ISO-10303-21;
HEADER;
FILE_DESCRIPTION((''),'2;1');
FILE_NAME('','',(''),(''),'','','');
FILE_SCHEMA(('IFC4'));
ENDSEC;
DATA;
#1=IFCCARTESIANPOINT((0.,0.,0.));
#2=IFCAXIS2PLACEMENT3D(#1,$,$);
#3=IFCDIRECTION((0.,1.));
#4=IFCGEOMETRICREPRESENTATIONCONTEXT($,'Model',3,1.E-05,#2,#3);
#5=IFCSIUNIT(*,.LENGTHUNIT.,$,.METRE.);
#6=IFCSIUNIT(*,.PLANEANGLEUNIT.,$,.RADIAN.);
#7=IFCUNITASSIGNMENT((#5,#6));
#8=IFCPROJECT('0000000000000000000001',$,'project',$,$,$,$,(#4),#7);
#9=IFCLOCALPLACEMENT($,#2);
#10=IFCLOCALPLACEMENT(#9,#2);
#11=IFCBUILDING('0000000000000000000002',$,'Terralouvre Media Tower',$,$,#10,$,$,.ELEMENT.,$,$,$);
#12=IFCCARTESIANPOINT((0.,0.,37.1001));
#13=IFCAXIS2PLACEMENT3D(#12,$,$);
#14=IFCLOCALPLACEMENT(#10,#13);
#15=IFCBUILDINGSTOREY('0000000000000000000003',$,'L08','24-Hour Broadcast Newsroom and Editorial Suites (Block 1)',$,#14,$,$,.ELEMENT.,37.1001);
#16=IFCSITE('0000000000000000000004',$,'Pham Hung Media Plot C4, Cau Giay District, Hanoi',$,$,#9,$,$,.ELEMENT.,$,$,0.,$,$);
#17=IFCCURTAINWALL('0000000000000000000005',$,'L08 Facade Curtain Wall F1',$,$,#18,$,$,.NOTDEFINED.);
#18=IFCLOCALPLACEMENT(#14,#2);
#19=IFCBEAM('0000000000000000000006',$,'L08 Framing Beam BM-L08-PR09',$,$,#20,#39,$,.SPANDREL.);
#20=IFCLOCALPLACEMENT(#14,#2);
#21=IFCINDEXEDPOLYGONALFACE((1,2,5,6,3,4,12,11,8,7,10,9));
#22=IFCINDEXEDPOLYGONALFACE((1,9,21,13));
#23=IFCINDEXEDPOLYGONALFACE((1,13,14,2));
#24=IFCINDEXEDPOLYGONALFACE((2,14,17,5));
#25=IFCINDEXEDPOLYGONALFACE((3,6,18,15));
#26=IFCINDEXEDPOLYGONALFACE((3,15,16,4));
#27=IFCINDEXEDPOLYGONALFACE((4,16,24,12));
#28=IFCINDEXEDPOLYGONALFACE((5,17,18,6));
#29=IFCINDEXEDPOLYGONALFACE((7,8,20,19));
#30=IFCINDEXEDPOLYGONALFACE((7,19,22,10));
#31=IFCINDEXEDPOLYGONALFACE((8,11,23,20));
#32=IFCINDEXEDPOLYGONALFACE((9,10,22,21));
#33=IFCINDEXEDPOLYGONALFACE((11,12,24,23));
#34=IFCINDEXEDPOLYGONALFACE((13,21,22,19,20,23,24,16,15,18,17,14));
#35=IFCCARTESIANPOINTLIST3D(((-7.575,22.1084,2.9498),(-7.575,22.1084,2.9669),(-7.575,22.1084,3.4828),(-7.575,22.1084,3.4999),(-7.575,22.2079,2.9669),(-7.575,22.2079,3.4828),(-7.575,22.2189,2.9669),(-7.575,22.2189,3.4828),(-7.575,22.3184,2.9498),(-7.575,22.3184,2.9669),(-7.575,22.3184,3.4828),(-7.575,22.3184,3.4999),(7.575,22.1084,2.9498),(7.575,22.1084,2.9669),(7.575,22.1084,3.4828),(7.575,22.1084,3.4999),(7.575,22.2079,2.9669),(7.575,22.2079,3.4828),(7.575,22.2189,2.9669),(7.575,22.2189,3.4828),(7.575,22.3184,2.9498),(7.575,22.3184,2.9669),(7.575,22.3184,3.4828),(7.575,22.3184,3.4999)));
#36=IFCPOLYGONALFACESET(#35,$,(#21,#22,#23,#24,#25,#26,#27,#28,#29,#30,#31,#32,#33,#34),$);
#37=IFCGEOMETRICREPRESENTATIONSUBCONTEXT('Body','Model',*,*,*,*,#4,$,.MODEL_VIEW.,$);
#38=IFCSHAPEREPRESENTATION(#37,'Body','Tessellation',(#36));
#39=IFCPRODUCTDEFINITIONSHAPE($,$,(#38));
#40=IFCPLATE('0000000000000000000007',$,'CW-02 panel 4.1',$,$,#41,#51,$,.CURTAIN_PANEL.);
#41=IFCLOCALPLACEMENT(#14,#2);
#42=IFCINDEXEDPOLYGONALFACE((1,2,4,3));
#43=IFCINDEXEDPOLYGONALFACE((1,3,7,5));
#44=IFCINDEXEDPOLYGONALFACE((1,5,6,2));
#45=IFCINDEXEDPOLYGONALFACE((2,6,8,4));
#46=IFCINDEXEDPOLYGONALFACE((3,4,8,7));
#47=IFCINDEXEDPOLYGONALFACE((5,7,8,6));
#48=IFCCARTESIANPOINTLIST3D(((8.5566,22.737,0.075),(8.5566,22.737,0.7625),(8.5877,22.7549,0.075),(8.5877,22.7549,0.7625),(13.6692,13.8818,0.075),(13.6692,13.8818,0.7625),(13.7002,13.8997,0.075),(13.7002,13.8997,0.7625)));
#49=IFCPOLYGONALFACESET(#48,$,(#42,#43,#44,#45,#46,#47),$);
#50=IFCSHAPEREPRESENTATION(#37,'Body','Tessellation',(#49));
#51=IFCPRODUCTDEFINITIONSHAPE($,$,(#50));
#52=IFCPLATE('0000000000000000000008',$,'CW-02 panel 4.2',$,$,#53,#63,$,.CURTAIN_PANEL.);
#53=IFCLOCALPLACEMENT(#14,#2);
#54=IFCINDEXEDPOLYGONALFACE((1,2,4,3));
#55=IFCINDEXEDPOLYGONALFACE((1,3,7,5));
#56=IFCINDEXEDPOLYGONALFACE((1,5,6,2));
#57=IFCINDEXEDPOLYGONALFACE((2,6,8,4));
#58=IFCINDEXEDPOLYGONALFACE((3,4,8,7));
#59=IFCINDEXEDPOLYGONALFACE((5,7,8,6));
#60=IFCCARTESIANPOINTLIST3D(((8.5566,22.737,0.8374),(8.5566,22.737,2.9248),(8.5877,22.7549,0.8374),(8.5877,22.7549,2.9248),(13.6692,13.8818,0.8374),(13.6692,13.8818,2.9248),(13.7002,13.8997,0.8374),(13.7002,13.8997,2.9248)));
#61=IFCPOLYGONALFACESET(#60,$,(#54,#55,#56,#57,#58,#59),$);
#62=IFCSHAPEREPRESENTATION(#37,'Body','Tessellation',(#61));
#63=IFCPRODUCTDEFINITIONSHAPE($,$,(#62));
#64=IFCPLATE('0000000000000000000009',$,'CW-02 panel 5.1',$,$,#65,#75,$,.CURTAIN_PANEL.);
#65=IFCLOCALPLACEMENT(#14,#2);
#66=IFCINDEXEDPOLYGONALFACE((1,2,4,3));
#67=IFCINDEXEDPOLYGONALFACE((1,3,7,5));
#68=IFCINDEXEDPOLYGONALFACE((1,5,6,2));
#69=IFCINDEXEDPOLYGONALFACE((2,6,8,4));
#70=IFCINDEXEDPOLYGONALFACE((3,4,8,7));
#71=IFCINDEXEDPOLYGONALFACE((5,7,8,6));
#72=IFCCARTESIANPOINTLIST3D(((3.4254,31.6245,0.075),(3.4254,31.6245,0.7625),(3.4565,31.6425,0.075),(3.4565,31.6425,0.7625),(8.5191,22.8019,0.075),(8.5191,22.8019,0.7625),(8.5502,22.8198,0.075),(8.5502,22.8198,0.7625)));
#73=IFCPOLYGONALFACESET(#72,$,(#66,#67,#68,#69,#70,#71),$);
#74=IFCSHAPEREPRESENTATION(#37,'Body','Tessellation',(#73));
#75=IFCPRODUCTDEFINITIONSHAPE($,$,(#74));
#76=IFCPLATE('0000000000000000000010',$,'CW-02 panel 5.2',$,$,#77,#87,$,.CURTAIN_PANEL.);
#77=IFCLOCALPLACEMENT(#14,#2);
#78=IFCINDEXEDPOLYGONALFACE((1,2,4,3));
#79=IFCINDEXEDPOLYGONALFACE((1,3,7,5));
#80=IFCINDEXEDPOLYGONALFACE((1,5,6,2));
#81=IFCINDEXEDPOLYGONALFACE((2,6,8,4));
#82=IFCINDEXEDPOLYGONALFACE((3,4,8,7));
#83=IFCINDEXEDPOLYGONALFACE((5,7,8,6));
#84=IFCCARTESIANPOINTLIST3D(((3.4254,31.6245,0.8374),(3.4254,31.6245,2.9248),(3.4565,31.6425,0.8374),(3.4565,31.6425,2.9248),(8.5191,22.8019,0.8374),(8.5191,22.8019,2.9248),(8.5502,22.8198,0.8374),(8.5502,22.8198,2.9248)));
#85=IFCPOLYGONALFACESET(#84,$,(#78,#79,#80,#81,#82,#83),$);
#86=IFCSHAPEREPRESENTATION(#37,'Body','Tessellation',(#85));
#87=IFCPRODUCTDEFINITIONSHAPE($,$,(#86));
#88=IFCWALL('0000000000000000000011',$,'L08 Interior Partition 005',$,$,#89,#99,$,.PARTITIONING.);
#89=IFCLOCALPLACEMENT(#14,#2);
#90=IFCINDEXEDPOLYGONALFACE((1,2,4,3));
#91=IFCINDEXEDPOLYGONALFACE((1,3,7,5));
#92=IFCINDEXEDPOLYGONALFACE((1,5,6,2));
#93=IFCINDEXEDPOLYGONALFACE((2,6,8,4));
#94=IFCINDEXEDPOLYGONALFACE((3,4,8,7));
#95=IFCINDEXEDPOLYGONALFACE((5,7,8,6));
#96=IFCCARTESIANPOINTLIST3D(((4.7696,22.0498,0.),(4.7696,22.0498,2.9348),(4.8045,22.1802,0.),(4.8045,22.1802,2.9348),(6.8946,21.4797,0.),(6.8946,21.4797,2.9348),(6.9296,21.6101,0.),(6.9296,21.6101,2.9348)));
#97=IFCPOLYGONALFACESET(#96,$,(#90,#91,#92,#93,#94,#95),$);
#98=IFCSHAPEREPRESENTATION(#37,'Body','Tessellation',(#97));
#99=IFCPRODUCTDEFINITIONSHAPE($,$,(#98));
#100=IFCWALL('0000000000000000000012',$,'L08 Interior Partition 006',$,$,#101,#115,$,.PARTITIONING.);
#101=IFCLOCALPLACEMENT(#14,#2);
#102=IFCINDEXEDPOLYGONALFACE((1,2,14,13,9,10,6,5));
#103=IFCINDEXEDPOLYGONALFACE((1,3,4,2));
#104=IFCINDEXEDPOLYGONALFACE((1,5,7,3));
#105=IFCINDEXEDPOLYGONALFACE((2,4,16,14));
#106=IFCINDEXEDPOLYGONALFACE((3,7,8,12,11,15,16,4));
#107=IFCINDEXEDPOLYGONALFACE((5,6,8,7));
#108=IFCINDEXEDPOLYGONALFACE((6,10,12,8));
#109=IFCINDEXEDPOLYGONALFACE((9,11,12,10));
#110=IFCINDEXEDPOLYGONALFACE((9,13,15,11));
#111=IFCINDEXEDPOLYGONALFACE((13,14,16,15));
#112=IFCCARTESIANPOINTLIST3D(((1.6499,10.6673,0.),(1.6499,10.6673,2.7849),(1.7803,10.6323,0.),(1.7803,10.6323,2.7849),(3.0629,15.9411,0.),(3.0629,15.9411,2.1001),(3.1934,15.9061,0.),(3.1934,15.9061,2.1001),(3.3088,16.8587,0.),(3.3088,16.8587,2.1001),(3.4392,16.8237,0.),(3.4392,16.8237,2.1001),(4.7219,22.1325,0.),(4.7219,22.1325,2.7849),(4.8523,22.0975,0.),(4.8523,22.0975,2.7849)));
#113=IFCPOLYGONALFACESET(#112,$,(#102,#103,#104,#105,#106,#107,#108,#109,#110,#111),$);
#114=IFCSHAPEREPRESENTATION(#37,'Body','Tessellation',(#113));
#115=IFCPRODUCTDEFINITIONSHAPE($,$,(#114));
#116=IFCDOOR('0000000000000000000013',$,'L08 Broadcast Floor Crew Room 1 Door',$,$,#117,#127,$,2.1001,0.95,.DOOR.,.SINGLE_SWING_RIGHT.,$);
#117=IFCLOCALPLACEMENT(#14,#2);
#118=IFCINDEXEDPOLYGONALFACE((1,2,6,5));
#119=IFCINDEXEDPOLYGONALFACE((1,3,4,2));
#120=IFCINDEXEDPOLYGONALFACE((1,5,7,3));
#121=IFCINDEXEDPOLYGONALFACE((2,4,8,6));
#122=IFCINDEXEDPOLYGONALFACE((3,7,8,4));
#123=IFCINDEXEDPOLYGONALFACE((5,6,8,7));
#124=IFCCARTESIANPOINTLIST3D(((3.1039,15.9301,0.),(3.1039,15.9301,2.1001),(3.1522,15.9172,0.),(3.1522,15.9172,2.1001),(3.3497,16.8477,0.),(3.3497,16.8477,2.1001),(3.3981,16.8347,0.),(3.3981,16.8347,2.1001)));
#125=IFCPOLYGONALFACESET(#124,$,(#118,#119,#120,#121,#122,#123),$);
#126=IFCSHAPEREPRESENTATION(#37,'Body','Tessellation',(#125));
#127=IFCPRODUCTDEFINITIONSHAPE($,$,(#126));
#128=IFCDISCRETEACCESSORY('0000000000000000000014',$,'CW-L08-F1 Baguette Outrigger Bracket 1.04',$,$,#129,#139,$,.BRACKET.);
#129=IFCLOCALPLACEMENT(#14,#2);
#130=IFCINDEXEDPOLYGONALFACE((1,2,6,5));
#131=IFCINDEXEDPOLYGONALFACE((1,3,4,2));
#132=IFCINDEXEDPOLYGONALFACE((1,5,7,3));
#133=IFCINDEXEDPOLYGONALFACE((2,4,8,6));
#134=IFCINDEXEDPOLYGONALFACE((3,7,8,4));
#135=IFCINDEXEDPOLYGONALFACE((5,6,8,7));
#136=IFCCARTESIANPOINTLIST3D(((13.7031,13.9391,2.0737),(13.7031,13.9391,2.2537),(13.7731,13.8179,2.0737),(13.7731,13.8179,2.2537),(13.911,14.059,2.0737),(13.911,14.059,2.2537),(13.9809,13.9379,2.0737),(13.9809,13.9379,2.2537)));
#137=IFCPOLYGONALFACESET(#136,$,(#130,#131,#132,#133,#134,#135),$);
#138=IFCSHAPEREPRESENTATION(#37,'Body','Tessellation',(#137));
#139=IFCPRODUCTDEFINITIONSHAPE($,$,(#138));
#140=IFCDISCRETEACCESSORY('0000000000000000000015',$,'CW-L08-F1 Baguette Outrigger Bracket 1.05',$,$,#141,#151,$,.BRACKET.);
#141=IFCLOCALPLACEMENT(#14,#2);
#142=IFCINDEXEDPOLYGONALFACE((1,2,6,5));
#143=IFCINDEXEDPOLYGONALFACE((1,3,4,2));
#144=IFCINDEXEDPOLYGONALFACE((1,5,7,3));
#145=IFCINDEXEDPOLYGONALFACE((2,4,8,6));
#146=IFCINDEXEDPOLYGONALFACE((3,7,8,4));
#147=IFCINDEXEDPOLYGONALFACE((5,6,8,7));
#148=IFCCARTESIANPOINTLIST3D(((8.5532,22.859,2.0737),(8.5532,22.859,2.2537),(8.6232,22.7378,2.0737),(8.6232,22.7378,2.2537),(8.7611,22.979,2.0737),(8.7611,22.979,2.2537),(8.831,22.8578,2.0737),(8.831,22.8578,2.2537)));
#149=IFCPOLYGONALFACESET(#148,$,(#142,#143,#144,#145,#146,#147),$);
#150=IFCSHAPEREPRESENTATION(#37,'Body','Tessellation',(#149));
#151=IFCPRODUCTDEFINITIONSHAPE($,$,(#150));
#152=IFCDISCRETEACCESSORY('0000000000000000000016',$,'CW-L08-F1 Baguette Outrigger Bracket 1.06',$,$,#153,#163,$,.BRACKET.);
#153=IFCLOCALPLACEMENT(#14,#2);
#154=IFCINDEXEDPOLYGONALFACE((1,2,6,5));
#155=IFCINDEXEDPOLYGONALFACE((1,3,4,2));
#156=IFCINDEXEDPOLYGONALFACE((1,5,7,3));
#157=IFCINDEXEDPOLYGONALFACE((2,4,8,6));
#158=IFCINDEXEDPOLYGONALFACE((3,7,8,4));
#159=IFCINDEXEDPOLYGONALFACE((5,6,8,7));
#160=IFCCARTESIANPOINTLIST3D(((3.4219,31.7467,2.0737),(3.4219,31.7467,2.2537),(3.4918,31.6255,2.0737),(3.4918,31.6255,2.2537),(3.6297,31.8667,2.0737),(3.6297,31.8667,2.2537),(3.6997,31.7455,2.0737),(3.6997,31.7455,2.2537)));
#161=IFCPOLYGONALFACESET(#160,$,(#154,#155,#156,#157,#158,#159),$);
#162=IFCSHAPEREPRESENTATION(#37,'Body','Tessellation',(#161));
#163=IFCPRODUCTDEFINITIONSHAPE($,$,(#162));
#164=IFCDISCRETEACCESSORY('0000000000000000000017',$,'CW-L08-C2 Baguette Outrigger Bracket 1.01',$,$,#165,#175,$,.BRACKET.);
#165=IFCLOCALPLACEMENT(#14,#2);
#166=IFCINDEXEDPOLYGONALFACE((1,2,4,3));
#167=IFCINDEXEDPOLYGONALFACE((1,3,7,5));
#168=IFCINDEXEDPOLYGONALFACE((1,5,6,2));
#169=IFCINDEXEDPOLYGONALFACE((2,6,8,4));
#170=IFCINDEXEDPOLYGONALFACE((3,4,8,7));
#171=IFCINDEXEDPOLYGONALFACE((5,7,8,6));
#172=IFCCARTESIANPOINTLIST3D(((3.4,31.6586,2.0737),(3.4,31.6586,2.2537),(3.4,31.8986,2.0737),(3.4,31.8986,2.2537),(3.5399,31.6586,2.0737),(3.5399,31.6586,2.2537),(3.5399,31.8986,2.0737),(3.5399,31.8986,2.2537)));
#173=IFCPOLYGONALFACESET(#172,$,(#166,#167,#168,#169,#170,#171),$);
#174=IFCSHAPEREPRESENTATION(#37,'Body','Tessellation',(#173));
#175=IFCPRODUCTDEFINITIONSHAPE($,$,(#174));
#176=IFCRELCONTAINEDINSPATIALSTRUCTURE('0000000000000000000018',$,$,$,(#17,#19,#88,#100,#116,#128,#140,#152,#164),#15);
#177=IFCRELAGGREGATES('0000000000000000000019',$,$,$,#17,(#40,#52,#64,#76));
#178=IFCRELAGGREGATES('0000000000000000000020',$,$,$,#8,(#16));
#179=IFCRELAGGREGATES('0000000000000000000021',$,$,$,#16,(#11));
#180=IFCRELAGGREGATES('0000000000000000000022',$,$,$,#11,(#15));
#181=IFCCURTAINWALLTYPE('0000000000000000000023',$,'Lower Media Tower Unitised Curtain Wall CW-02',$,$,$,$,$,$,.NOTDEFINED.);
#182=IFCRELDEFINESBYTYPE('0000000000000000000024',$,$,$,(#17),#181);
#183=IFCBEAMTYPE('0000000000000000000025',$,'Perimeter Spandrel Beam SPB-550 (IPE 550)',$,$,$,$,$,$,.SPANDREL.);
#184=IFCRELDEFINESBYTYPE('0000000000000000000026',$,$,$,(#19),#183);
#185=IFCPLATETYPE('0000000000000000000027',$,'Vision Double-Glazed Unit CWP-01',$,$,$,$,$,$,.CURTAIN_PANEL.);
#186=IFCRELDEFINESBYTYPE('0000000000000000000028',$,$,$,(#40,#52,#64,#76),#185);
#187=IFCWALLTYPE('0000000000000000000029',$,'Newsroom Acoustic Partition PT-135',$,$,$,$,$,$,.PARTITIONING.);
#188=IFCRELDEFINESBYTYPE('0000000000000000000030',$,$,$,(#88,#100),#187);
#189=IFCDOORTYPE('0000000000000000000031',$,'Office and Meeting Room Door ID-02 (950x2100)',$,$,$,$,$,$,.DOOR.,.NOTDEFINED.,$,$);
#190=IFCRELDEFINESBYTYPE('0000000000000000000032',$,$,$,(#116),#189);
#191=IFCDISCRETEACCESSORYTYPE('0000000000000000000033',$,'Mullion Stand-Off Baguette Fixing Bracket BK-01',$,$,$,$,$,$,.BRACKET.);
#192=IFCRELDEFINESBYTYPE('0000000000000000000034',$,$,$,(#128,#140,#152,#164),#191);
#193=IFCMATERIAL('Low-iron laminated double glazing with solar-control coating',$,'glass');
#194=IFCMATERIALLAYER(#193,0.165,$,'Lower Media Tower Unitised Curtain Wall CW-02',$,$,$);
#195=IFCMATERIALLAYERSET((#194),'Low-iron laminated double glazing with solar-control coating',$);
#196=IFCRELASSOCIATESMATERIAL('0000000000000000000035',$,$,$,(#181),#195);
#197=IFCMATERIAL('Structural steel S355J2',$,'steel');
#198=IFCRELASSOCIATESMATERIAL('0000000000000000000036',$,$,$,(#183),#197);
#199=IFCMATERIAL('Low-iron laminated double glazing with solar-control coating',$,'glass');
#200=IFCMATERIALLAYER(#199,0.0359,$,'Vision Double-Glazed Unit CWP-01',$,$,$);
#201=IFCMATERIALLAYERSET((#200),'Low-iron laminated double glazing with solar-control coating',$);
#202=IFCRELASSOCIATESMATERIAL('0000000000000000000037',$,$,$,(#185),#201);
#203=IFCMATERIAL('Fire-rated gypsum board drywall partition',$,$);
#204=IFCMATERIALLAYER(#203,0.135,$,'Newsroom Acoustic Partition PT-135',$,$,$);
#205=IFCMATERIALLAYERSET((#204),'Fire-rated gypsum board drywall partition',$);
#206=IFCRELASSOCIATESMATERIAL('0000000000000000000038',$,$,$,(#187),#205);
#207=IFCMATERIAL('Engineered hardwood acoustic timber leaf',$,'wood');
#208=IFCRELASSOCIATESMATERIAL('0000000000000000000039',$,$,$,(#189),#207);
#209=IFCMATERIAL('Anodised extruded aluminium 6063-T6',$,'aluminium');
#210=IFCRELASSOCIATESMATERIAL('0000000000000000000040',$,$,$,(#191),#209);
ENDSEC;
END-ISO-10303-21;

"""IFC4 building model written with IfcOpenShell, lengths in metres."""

from ifc_helpers import new_model, si_unit, direction, frame, frame_2d, origin, origin_2d, place, context, subcontext, project, spatial, rectangle, i_section, extrude, material, layer, layer_set, material_profile, profile_set, type_object, element, fill, aggregate, save


model = new_model("IFC4")

# Units and contexts
model_context = context("Model", 3, precision=1e-05, world=origin(), true_north=direction((0.0, 1.0)))
body_context = subcontext(model_context, "Body", "Model", "MODEL_VIEW")
ifc_project = project(units=[si_unit("LENGTHUNIT", "METRE"), si_unit("PLANEANGLEUNIT", "RADIAN")], contexts=[model_context])

# Site, building, storey
site_placement = place(None, origin())
site = spatial("IfcSite", under=ifc_project, at=site_placement, Name="Pham Hung Media Plot C4, Cau Giay District, Hanoi", CompositionType="ELEMENT", RefElevation=0.0)
building_placement = place(site_placement, origin())
building = spatial("IfcBuilding", under=site, at=building_placement, Name="Terralouvre Media Tower", CompositionType="ELEMENT")
storey_placement = place(building_placement, frame((0.0, 0.0, 37.1001)))
storey = spatial("IfcBuildingStorey", under=building, at=storey_placement, Name="L08", Description="24-Hour Broadcast Newsroom and Editorial Suites (Block 1)", CompositionType="ELEMENT", Elevation=37.1001)

# Curtain wall
ifc_material_1 = material(Name="Low-iron laminated double glazing with solar-control coating", Category="glass")
ifc_layer_1 = layer(ifc_material_1, 0.165, Name="Lower Media Tower Unitised Curtain Wall CW-02")
ifc_layer_set_1 = layer_set([ifc_layer_1], Name="Low-iron laminated double glazing with solar-control coating")
curtain_wall_type_1 = type_object("IfcCurtainWallType", Name="Lower Media Tower Unitised Curtain Wall CW-02", PredefinedType="NOTDEFINED", material=ifc_layer_set_1)
curtain_wall_1_placement = place(storey_placement, origin())
curtain_wall_1 = element("IfcCurtainWall", 1, at=curtain_wall_1_placement, inside=storey, type_object=curtain_wall_type_1, Name="L08 Facade Curtain Wall F1", PredefinedType="NOTDEFINED")

# Beam
ifc_material_2 = material(Name="Structural steel S355J2", Category="steel")
ifc_material_profile_1 = material_profile(ifc_material_2, i_section(OverallWidth=0.21, OverallDepth=0.55, WebThickness=0.011, FlangeThickness=0.0171, at=origin_2d()), Name="IPE 550")
ifc_profile_set_1 = profile_set([ifc_material_profile_1], Name="Structural steel S355J2")
beam_type_1 = type_object("IfcBeamType", Name="Perimeter Spandrel Beam SPB-550 (IPE 550)", PredefinedType="SPANDREL", material=ifc_profile_set_1)
beam_1_placement = place(storey_placement, frame((7.575, 22.2134, 3.2249), z_axis=(-1.0, 0.0, 0.0), x_axis=(0.0, -1.0, 0.0)))
element("IfcBeam", 2, at=beam_1_placement, inside=storey, type_object=beam_type_1, Name="L08 Framing Beam BM-L08-PR09", PredefinedType="SPANDREL", context=body_context, shape_type="SweptSolid", body=[
    extrude(i_section(OverallWidth=0.21, OverallDepth=0.55, WebThickness=0.011, FlangeThickness=0.0171, at=origin_2d()), origin(), (0.0, 0.0, 1.0), 15.1499),
])

# Plates
ifc_material_3 = material(Name="Low-iron laminated double glazing with solar-control coating", Category="glass")
ifc_layer_2 = layer(ifc_material_3, 0.0359, Name="Vision Double-Glazed Unit CWP-01")
ifc_layer_set_2 = layer_set([ifc_layer_2], Name="Low-iron laminated double glazing with solar-control coating")
plate_type = type_object("IfcPlateType", Name="Vision Double-Glazed Unit CWP-01", PredefinedType="CURTAIN_PANEL", material=ifc_layer_set_2)
plate_1_placement = place(storey_placement, frame((11.1284, 18.3184, 0.075), z_axis=(0.0, 0.0, 1.0), x_axis=(-0.5, 0.866025, 0.0)))
plate_1 = element("IfcPlate", 3, at=plate_1_placement, type_object=plate_type, Name="CW-02 panel 4.1", PredefinedType="CURTAIN_PANEL", context=body_context, shape_type="SweptSolid", body=[
    extrude(rectangle(XDim=10.2251, YDim=0.0359, at=origin_2d()), origin(), (0.0, 0.0, 1.0), 0.6875),
])
plate_2_placement = place(storey_placement, frame((11.1284, 18.3184, 0.8374), z_axis=(0.0, 0.0, 1.0), x_axis=(-0.5, 0.866025, 0.0)))
plate_2 = element("IfcPlate", 4, at=plate_2_placement, type_object=plate_type, Name="CW-02 panel 4.2", PredefinedType="CURTAIN_PANEL", context=body_context, shape_type="SweptSolid", body=[
    extrude(rectangle(XDim=10.2251, YDim=0.0359, at=origin_2d()), origin(), (0.0, 0.0, 1.0), 2.0874),
])
plate_3_placement = place(storey_placement, frame((5.9878, 27.2222, 0.075), z_axis=(0.0, 0.0, 1.0), x_axis=(-0.5, 0.866025, 0.0)))
plate_3 = element("IfcPlate", 5, at=plate_3_placement, type_object=plate_type, Name="CW-02 panel 5.1", PredefinedType="CURTAIN_PANEL", context=body_context, shape_type="SweptSolid", body=[
    extrude(rectangle(XDim=10.1875, YDim=0.0359, at=origin_2d()), origin(), (0.0, 0.0, 1.0), 0.6875),
])
plate_4_placement = place(storey_placement, frame((5.9878, 27.2222, 0.8374), z_axis=(0.0, 0.0, 1.0), x_axis=(-0.5, 0.866025, 0.0)))
plate_4 = element("IfcPlate", 6, at=plate_4_placement, type_object=plate_type, Name="CW-02 panel 5.2", PredefinedType="CURTAIN_PANEL", context=body_context, shape_type="SweptSolid", body=[
    extrude(rectangle(XDim=10.1875, YDim=0.0359, at=origin_2d()), origin(), (0.0, 0.0, 1.0), 2.0874),
])
aggregate(curtain_wall_1, [plate_1, plate_2, plate_3, plate_4])

# Wall
ifc_material_4 = material(Name="Fire-rated gypsum board drywall partition")
ifc_layer_3 = layer(ifc_material_4, 0.135, Name="Newsroom Acoustic Partition PT-135")
ifc_layer_set_3 = layer_set([ifc_layer_3], Name="Fire-rated gypsum board drywall partition")
wall_type = type_object("IfcWallType", Name="Newsroom Acoustic Partition PT-135", PredefinedType="PARTITIONING", material=ifc_layer_set_3)
wall_1_placement = place(storey_placement, frame((6.9121, 21.5449, 0.0), z_axis=(0.0, 0.0, 1.0), x_axis=(-0.965849, 0.259106, 0.0)))
element("IfcWall", 7, at=wall_1_placement, inside=storey, type_object=wall_type, Name="L08 Interior Partition 005", PredefinedType="PARTITIONING", context=body_context, shape_type="SweptSolid", body=[
    extrude(rectangle(XDim=2.2002, YDim=0.135, at=frame_2d((1.1001, 0.0))), origin(), (0.0, 0.0, 1.0), 2.9348),
])

# Wall, opening, door
wall_2_placement = place(storey_placement, frame((4.7871, 22.115, 0.0), z_axis=(0.0, 0.0, 1.0), x_axis=(-0.258816, -0.965927, 0.0)))
wall_2 = element("IfcWall", 8, at=wall_2_placement, inside=storey, type_object=wall_type, Name="L08 Interior Partition 006", PredefinedType="PARTITIONING", context=body_context, shape_type="SweptSolid", body=[
    extrude(rectangle(XDim=11.8696, YDim=0.135, at=frame_2d((5.9348, 0.0))), origin(), (0.0, 0.0, 1.0), 2.7849),
])
opening_placement = place(wall_2_placement, frame((5.4597, 0.0, 0.0)))
opening = element("IfcOpeningElement", 9, at=opening_placement, cuts=wall_2, PredefinedType="OPENING", context=body_context, shape_type="SweptSolid", body=[
    extrude(rectangle(XDim=0.95, YDim=2.1001, at=frame_2d((0.4751, 1.05))), frame((0.0, 0.0774, 0.0), z_axis=(0.0, -1.0, 0.0), x_axis=(1.0, 0.0, 0.0)), (0.0, 0.0, 1.0), 0.155),
])
ifc_material_5 = material(Name="Engineered hardwood acoustic timber leaf", Category="wood")
door_type = type_object("IfcDoorType", Name="Office and Meeting Room Door ID-02 (950x2100)", OperationType="NOTDEFINED", PredefinedType="DOOR", material=ifc_material_5)
door_placement = place(opening_placement, origin())
door = element("IfcDoor", 10, at=door_placement, inside=storey, type_object=door_type, Name="L08 Broadcast Floor Crew Room 1 Door", OperationType="SINGLE_SWING_RIGHT", OverallHeight=2.1001, OverallWidth=0.95, PredefinedType="DOOR", context=body_context, shape_type="SweptSolid", body=[
    extrude(rectangle(XDim=0.95, YDim=2.1001, at=frame_2d((0.4751, 1.05))), frame((0.0, 0.0249, 0.0), z_axis=(0.0, -1.0, 0.0), x_axis=(1.0, 0.0, 0.0)), (0.0, 0.0, 1.0), 0.05),
])
fill(opening, door)

# Discrete accessories
ifc_material_6 = material(Name="Anodised extruded aluminium 6063-T6", Category="aluminium")
discrete_accessory_type = type_object("IfcDiscreteAccessoryType", Name="Mullion Stand-Off Baguette Fixing Bracket BK-01", PredefinedType="BRACKET", material=ifc_material_6)
for number, where, z_axis, x_axis, name in (
    (11, (13.842, 13.9385, 2.0737), (0.0, 0.0, 1.0), (-0.5, 0.866025, 0.0), "CW-L08-F1 Baguette Outrigger Bracket 1.04"),
    (12, (8.6921, 22.8584, 2.0737), (0.0, 0.0, 1.0), (-0.5, 0.866025, 0.0), "CW-L08-F1 Baguette Outrigger Bracket 1.05"),
    (13, (3.5608, 31.7461, 2.0737), (0.0, 0.0, 1.0), (-0.5, 0.866025, 0.0), "CW-L08-F1 Baguette Outrigger Bracket 1.06"),
    (14, (3.47, 31.7786, 2.0737), (0.0, 0.0, 1.0), (-1.0, 0.0, 0.0), "CW-L08-C2 Baguette Outrigger Bracket 1.01"),
):
    element("IfcDiscreteAccessory", number, at=place(storey_placement, frame(where, z_axis=z_axis, x_axis=x_axis)), inside=storey, type_object=discrete_accessory_type, Name=name, PredefinedType="BRACKET", context=body_context, shape_type="SweptSolid", body=[
        extrude(rectangle(XDim=0.1399, YDim=0.24, at=origin_2d()), origin(), (0.0, 0.0, 1.0), 0.1799),
    ])

save(model, "model.ifc")
